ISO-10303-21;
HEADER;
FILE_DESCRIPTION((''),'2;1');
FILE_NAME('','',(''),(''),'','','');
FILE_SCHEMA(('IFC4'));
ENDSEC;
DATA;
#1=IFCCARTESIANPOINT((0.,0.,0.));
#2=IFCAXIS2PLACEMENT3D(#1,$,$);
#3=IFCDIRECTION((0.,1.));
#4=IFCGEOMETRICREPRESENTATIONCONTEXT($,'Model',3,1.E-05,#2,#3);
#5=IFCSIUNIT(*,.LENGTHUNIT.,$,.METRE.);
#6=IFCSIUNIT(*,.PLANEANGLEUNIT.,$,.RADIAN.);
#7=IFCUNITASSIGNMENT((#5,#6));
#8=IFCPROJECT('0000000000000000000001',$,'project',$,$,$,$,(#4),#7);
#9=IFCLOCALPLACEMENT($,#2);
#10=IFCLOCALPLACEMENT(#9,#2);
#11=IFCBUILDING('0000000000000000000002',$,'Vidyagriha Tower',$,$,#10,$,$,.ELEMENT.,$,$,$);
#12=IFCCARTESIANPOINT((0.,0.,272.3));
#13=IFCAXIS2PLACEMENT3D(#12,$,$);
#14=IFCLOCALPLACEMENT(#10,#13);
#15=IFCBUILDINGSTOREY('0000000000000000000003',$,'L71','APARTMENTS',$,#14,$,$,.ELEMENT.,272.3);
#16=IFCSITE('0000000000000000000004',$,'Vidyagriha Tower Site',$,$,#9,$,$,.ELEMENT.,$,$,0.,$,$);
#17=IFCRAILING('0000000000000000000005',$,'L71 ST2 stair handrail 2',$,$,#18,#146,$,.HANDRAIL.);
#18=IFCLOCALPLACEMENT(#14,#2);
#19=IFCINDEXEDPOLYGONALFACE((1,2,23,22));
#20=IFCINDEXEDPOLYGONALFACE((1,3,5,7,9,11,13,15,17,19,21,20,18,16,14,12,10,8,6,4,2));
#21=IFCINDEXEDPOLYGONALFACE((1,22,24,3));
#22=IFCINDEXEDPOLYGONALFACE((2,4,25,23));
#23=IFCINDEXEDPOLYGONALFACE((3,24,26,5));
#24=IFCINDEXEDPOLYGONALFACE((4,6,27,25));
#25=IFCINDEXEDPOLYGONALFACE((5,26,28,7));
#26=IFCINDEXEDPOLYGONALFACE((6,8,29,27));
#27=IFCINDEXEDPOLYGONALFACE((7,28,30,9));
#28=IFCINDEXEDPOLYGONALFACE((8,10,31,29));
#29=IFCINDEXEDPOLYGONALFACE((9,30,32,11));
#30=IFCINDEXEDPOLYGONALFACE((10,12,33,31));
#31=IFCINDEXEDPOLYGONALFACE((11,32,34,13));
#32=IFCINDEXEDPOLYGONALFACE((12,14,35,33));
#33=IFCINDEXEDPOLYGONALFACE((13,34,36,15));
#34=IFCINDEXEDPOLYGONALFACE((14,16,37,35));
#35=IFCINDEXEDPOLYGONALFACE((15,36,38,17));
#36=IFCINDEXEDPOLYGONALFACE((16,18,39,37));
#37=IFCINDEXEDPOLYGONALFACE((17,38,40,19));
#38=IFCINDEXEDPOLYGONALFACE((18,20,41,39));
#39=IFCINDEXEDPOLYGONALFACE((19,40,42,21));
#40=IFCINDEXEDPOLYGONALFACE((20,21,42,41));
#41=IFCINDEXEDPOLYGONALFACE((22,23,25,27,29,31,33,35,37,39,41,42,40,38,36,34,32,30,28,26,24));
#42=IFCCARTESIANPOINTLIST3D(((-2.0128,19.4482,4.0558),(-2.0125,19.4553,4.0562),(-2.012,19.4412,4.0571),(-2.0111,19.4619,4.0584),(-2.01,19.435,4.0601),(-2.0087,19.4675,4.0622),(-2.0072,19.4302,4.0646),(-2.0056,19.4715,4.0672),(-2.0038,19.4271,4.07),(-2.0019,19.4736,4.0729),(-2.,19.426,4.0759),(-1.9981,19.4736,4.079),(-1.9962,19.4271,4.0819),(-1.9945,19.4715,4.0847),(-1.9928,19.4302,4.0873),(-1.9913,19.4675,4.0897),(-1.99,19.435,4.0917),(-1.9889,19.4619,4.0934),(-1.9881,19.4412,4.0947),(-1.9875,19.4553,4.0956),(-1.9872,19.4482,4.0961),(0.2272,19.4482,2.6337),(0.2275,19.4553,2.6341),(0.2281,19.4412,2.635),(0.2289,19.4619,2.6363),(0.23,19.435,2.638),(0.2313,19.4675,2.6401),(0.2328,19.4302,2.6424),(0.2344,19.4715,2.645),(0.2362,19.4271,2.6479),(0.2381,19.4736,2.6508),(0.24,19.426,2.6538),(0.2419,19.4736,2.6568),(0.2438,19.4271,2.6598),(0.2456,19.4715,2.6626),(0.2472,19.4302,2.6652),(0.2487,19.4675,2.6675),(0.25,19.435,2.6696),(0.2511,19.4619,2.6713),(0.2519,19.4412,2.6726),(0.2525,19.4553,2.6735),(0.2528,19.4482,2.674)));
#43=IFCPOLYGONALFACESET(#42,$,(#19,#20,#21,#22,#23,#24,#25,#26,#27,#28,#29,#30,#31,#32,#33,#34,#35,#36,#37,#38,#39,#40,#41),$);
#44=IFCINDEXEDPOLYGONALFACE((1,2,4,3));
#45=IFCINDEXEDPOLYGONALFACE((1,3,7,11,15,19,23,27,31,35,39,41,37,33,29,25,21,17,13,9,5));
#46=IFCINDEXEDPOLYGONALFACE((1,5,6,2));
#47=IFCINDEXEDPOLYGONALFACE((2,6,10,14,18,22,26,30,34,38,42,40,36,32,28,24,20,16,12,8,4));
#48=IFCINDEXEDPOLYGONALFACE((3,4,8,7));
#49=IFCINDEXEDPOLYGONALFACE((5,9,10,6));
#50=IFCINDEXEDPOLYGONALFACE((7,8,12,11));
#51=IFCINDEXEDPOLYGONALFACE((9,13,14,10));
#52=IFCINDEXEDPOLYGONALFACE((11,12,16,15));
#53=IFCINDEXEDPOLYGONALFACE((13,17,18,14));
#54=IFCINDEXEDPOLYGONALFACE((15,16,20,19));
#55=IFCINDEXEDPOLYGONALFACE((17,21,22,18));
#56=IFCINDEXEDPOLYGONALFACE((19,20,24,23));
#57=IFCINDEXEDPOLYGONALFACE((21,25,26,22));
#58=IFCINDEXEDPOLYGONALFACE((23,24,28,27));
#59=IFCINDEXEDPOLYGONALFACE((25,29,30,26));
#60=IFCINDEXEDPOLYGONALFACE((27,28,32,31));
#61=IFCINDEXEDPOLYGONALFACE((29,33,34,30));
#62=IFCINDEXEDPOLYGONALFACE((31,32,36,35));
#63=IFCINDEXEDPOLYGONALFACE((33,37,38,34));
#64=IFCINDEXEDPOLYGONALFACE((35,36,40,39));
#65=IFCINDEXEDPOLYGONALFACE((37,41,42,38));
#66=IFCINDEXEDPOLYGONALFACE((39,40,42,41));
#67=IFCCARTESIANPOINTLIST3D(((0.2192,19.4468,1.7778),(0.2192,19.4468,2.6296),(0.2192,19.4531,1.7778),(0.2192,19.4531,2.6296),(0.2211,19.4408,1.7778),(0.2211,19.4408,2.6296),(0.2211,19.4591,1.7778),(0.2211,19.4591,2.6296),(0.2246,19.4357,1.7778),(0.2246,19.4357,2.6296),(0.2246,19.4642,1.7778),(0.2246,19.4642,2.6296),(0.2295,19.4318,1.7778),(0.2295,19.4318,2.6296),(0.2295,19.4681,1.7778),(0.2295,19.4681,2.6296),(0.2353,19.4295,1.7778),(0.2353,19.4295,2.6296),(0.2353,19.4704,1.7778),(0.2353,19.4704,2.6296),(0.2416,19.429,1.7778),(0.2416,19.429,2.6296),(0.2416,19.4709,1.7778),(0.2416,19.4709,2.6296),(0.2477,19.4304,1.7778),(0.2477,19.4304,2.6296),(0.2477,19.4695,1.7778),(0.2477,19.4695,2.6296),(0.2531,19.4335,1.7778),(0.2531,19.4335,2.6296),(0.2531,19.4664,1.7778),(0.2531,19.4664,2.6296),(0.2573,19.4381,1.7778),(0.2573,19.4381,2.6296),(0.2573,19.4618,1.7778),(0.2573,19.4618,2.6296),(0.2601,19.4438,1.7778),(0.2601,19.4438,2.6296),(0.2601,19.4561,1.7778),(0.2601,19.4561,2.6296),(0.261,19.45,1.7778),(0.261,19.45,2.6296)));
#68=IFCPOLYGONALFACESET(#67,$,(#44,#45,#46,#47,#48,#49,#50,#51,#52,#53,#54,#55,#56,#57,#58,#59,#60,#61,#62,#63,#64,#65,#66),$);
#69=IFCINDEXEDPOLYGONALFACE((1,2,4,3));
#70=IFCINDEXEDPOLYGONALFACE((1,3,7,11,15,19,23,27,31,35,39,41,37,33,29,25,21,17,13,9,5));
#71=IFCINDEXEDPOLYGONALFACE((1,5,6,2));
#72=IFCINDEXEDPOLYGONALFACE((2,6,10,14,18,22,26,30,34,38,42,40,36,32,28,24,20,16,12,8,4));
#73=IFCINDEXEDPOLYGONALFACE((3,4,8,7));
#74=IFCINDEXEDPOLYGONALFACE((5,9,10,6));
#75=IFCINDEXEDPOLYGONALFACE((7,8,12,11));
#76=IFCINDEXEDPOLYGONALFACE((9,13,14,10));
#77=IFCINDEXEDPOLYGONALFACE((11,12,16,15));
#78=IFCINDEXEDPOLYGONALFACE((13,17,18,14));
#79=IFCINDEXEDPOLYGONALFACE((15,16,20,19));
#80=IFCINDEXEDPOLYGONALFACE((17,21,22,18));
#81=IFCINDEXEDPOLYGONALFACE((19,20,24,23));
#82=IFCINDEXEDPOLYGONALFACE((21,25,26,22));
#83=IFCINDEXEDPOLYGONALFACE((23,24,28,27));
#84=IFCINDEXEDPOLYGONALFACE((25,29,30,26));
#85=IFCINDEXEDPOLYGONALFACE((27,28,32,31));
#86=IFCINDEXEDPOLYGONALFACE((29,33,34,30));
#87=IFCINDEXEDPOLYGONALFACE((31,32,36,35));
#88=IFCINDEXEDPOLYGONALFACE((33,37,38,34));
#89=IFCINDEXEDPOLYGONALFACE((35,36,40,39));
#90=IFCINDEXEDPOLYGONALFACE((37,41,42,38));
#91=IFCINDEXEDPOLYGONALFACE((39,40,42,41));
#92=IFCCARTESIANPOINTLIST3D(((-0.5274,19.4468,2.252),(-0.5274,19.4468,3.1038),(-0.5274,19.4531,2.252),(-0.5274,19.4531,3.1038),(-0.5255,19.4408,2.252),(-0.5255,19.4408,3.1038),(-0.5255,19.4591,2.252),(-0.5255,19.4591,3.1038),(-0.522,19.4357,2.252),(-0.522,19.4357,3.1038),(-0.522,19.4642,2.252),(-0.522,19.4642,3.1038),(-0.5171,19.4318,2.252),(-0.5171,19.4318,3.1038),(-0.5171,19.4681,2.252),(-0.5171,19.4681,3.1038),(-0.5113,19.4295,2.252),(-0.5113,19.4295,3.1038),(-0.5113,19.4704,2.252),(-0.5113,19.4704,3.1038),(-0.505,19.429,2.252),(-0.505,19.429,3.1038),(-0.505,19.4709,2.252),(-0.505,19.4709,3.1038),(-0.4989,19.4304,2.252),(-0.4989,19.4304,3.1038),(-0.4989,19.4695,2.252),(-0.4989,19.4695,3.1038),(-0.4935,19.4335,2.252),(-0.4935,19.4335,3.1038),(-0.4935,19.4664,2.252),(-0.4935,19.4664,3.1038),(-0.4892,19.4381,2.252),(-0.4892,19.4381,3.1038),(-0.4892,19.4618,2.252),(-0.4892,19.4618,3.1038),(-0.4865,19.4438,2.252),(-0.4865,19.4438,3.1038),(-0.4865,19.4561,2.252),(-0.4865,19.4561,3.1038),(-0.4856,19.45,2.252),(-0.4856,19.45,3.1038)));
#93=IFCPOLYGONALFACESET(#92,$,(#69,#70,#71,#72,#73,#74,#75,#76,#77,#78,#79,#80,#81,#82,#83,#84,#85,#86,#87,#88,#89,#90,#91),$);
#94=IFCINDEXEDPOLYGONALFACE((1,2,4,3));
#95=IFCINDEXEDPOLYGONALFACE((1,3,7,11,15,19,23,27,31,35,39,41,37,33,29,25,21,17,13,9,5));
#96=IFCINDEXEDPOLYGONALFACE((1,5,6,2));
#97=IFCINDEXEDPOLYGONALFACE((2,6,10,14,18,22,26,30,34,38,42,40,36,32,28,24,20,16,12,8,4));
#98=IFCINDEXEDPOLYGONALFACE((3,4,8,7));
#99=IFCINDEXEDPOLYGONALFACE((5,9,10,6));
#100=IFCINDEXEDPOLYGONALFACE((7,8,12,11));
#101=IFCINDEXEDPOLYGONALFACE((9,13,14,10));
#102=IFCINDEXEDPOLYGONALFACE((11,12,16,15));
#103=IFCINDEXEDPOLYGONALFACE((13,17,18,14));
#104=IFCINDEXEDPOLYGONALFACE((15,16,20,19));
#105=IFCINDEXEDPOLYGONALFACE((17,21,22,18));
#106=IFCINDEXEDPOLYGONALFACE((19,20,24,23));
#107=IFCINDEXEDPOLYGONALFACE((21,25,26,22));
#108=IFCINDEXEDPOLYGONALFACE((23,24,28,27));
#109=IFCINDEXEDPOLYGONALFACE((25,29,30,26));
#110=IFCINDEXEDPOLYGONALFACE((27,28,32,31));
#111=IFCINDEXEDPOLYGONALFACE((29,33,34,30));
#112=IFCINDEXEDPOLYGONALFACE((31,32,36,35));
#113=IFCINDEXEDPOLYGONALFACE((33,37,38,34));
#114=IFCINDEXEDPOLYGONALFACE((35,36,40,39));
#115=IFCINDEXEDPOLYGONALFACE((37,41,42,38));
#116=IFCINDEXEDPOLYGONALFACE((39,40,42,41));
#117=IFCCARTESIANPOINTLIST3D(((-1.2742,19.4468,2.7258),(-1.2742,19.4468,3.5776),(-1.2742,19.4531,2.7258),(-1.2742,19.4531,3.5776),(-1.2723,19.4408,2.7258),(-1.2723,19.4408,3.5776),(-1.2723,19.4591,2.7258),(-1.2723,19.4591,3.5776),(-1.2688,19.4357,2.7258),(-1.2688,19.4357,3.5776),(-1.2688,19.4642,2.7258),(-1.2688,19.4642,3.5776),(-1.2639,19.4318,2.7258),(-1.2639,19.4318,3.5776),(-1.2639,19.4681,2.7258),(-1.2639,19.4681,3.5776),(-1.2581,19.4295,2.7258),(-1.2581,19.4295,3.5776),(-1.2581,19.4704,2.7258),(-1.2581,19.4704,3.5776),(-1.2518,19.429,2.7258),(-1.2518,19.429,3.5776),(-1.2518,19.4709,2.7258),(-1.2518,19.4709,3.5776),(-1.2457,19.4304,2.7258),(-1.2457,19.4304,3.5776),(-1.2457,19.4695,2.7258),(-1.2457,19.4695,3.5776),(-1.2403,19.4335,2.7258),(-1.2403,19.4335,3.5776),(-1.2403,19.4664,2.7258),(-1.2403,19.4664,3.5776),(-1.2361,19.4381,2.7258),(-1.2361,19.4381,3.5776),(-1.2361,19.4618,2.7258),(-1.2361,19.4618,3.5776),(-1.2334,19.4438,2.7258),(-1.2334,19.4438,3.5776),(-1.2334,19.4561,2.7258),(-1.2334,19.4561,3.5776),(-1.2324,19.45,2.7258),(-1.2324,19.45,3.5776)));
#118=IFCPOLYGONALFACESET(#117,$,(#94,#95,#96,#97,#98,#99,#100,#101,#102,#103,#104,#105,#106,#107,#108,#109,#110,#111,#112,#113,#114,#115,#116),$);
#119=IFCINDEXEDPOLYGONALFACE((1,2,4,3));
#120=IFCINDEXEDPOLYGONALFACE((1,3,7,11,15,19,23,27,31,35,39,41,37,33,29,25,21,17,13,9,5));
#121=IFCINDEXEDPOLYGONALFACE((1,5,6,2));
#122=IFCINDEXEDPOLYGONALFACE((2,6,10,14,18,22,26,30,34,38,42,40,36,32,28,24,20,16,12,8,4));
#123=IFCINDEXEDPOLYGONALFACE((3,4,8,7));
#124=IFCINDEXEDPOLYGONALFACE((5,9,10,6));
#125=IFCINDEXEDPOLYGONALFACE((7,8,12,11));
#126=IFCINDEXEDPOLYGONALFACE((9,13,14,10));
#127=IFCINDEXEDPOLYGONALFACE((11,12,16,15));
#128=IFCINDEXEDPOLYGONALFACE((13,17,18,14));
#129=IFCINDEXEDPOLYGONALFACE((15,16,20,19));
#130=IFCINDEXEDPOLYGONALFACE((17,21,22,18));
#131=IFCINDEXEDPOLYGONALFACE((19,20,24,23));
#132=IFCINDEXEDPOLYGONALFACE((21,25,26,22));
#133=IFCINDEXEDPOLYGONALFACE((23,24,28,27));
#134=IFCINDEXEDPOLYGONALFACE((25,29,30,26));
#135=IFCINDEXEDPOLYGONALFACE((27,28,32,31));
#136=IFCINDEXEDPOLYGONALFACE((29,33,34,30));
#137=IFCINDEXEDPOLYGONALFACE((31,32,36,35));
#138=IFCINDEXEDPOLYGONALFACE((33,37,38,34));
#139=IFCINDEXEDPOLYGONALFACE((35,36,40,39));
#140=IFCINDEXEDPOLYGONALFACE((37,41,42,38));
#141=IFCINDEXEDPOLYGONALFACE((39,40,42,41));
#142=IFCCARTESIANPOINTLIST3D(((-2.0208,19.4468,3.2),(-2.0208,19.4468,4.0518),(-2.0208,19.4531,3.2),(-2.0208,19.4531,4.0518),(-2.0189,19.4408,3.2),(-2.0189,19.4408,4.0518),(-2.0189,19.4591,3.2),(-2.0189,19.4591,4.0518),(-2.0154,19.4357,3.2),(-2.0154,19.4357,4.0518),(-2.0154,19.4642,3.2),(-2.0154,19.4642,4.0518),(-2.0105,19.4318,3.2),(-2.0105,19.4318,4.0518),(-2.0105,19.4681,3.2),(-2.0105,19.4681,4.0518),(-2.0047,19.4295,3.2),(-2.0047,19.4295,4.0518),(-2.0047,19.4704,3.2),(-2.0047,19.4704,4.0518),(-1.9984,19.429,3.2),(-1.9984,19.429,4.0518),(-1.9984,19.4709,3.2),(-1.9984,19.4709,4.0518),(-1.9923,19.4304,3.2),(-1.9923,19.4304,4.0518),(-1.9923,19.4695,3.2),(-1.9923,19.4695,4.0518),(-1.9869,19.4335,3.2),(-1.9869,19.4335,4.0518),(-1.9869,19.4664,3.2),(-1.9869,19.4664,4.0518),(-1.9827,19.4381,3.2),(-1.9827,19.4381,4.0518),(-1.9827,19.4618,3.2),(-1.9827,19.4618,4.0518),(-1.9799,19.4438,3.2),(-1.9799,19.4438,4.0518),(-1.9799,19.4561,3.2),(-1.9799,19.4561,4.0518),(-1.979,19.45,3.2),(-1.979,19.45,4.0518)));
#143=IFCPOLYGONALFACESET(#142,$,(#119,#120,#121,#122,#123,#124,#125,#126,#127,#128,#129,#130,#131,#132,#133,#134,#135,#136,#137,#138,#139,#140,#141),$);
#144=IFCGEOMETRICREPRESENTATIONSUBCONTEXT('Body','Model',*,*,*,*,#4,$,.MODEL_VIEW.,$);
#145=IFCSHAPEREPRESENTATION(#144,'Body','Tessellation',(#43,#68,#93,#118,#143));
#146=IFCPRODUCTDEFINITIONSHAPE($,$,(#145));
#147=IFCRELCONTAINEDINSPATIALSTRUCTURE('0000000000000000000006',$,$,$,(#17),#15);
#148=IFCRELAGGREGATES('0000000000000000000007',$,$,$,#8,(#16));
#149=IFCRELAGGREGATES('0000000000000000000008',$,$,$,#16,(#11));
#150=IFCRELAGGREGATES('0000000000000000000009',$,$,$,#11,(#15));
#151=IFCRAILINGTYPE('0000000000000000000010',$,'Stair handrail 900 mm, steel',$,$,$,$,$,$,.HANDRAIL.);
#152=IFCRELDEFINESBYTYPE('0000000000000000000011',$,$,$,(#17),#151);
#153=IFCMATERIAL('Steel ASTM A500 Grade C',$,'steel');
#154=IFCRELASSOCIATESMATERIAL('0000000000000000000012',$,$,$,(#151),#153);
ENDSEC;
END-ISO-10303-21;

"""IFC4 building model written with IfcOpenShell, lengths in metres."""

from ifc_helpers import new_model, si_unit, direction, frame, origin, origin_2d, place, context, subcontext, project, spatial, circle, extrude, material, type_object, element, save


model = new_model("IFC4")

# Units and contexts
model_context = context("Model", 3, precision=1e-05, world=origin(), true_north=direction((0.0, 1.0)))
body_context = subcontext(model_context, "Body", "Model", "MODEL_VIEW")
ifc_project = project(units=[si_unit("LENGTHUNIT", "METRE"), si_unit("PLANEANGLEUNIT", "RADIAN")], contexts=[model_context])

# Site, building, storey
site_placement = place(None, origin())
site = spatial("IfcSite", under=ifc_project, at=site_placement, Name="Vidyagriha Tower Site", CompositionType="ELEMENT", RefElevation=0.0)
building_placement = place(site_placement, origin())
building = spatial("IfcBuilding", under=site, at=building_placement, Name="Vidyagriha Tower", CompositionType="ELEMENT")
storey_placement = place(building_placement, frame((0.0, 0.0, 272.3)))
storey = spatial("IfcBuildingStorey", under=building, at=storey_placement, Name="L71", Description="APARTMENTS", CompositionType="ELEMENT", Elevation=272.3)

# Railing
ifc_material_1 = material(Name="Steel ASTM A500 Grade C", Category="steel")
railing_type_1 = type_object("IfcRailingType", Name="Stair handrail 900 mm, steel", PredefinedType="HANDRAIL", material=ifc_material_1)
for number, where, name in (
    (1, (0.24, 19.45, 1.7778), "L71 ST2 stair handrail 2"),
):
    element("IfcRailing", number, at=place(storey_placement, frame(where)), inside=storey, type_object=railing_type_1, Name=name, PredefinedType="HANDRAIL", context=body_context, shape_type="SweptSolid", body=[
        extrude(circle(Radius=0.0239, at=origin_2d()), frame((0.0, 0.0, 0.876), z_axis=(-0.844229, 0.0, 0.535982), x_axis=(0.0, -1.0, 0.0)), (0.0, 0.0, 1.0), 2.6533),
        extrude(circle(Radius=0.021, at=origin_2d()), origin(), (0.0, 0.0, 1.0), 0.8518),
        extrude(circle(Radius=0.021, at=origin_2d()), frame((-0.7466, 0.0, 0.4741)), (0.0, 0.0, 1.0), 0.8518),
        extrude(circle(Radius=0.021, at=origin_2d()), frame((-1.4934, 0.0, 0.948)), (0.0, 0.0, 1.0), 0.8518),
        extrude(circle(Radius=0.021, at=origin_2d()), frame((-2.24, 0.0, 1.4221)), (0.0, 0.0, 1.0), 0.8518),
    ])

save(model, "model.ifc")
